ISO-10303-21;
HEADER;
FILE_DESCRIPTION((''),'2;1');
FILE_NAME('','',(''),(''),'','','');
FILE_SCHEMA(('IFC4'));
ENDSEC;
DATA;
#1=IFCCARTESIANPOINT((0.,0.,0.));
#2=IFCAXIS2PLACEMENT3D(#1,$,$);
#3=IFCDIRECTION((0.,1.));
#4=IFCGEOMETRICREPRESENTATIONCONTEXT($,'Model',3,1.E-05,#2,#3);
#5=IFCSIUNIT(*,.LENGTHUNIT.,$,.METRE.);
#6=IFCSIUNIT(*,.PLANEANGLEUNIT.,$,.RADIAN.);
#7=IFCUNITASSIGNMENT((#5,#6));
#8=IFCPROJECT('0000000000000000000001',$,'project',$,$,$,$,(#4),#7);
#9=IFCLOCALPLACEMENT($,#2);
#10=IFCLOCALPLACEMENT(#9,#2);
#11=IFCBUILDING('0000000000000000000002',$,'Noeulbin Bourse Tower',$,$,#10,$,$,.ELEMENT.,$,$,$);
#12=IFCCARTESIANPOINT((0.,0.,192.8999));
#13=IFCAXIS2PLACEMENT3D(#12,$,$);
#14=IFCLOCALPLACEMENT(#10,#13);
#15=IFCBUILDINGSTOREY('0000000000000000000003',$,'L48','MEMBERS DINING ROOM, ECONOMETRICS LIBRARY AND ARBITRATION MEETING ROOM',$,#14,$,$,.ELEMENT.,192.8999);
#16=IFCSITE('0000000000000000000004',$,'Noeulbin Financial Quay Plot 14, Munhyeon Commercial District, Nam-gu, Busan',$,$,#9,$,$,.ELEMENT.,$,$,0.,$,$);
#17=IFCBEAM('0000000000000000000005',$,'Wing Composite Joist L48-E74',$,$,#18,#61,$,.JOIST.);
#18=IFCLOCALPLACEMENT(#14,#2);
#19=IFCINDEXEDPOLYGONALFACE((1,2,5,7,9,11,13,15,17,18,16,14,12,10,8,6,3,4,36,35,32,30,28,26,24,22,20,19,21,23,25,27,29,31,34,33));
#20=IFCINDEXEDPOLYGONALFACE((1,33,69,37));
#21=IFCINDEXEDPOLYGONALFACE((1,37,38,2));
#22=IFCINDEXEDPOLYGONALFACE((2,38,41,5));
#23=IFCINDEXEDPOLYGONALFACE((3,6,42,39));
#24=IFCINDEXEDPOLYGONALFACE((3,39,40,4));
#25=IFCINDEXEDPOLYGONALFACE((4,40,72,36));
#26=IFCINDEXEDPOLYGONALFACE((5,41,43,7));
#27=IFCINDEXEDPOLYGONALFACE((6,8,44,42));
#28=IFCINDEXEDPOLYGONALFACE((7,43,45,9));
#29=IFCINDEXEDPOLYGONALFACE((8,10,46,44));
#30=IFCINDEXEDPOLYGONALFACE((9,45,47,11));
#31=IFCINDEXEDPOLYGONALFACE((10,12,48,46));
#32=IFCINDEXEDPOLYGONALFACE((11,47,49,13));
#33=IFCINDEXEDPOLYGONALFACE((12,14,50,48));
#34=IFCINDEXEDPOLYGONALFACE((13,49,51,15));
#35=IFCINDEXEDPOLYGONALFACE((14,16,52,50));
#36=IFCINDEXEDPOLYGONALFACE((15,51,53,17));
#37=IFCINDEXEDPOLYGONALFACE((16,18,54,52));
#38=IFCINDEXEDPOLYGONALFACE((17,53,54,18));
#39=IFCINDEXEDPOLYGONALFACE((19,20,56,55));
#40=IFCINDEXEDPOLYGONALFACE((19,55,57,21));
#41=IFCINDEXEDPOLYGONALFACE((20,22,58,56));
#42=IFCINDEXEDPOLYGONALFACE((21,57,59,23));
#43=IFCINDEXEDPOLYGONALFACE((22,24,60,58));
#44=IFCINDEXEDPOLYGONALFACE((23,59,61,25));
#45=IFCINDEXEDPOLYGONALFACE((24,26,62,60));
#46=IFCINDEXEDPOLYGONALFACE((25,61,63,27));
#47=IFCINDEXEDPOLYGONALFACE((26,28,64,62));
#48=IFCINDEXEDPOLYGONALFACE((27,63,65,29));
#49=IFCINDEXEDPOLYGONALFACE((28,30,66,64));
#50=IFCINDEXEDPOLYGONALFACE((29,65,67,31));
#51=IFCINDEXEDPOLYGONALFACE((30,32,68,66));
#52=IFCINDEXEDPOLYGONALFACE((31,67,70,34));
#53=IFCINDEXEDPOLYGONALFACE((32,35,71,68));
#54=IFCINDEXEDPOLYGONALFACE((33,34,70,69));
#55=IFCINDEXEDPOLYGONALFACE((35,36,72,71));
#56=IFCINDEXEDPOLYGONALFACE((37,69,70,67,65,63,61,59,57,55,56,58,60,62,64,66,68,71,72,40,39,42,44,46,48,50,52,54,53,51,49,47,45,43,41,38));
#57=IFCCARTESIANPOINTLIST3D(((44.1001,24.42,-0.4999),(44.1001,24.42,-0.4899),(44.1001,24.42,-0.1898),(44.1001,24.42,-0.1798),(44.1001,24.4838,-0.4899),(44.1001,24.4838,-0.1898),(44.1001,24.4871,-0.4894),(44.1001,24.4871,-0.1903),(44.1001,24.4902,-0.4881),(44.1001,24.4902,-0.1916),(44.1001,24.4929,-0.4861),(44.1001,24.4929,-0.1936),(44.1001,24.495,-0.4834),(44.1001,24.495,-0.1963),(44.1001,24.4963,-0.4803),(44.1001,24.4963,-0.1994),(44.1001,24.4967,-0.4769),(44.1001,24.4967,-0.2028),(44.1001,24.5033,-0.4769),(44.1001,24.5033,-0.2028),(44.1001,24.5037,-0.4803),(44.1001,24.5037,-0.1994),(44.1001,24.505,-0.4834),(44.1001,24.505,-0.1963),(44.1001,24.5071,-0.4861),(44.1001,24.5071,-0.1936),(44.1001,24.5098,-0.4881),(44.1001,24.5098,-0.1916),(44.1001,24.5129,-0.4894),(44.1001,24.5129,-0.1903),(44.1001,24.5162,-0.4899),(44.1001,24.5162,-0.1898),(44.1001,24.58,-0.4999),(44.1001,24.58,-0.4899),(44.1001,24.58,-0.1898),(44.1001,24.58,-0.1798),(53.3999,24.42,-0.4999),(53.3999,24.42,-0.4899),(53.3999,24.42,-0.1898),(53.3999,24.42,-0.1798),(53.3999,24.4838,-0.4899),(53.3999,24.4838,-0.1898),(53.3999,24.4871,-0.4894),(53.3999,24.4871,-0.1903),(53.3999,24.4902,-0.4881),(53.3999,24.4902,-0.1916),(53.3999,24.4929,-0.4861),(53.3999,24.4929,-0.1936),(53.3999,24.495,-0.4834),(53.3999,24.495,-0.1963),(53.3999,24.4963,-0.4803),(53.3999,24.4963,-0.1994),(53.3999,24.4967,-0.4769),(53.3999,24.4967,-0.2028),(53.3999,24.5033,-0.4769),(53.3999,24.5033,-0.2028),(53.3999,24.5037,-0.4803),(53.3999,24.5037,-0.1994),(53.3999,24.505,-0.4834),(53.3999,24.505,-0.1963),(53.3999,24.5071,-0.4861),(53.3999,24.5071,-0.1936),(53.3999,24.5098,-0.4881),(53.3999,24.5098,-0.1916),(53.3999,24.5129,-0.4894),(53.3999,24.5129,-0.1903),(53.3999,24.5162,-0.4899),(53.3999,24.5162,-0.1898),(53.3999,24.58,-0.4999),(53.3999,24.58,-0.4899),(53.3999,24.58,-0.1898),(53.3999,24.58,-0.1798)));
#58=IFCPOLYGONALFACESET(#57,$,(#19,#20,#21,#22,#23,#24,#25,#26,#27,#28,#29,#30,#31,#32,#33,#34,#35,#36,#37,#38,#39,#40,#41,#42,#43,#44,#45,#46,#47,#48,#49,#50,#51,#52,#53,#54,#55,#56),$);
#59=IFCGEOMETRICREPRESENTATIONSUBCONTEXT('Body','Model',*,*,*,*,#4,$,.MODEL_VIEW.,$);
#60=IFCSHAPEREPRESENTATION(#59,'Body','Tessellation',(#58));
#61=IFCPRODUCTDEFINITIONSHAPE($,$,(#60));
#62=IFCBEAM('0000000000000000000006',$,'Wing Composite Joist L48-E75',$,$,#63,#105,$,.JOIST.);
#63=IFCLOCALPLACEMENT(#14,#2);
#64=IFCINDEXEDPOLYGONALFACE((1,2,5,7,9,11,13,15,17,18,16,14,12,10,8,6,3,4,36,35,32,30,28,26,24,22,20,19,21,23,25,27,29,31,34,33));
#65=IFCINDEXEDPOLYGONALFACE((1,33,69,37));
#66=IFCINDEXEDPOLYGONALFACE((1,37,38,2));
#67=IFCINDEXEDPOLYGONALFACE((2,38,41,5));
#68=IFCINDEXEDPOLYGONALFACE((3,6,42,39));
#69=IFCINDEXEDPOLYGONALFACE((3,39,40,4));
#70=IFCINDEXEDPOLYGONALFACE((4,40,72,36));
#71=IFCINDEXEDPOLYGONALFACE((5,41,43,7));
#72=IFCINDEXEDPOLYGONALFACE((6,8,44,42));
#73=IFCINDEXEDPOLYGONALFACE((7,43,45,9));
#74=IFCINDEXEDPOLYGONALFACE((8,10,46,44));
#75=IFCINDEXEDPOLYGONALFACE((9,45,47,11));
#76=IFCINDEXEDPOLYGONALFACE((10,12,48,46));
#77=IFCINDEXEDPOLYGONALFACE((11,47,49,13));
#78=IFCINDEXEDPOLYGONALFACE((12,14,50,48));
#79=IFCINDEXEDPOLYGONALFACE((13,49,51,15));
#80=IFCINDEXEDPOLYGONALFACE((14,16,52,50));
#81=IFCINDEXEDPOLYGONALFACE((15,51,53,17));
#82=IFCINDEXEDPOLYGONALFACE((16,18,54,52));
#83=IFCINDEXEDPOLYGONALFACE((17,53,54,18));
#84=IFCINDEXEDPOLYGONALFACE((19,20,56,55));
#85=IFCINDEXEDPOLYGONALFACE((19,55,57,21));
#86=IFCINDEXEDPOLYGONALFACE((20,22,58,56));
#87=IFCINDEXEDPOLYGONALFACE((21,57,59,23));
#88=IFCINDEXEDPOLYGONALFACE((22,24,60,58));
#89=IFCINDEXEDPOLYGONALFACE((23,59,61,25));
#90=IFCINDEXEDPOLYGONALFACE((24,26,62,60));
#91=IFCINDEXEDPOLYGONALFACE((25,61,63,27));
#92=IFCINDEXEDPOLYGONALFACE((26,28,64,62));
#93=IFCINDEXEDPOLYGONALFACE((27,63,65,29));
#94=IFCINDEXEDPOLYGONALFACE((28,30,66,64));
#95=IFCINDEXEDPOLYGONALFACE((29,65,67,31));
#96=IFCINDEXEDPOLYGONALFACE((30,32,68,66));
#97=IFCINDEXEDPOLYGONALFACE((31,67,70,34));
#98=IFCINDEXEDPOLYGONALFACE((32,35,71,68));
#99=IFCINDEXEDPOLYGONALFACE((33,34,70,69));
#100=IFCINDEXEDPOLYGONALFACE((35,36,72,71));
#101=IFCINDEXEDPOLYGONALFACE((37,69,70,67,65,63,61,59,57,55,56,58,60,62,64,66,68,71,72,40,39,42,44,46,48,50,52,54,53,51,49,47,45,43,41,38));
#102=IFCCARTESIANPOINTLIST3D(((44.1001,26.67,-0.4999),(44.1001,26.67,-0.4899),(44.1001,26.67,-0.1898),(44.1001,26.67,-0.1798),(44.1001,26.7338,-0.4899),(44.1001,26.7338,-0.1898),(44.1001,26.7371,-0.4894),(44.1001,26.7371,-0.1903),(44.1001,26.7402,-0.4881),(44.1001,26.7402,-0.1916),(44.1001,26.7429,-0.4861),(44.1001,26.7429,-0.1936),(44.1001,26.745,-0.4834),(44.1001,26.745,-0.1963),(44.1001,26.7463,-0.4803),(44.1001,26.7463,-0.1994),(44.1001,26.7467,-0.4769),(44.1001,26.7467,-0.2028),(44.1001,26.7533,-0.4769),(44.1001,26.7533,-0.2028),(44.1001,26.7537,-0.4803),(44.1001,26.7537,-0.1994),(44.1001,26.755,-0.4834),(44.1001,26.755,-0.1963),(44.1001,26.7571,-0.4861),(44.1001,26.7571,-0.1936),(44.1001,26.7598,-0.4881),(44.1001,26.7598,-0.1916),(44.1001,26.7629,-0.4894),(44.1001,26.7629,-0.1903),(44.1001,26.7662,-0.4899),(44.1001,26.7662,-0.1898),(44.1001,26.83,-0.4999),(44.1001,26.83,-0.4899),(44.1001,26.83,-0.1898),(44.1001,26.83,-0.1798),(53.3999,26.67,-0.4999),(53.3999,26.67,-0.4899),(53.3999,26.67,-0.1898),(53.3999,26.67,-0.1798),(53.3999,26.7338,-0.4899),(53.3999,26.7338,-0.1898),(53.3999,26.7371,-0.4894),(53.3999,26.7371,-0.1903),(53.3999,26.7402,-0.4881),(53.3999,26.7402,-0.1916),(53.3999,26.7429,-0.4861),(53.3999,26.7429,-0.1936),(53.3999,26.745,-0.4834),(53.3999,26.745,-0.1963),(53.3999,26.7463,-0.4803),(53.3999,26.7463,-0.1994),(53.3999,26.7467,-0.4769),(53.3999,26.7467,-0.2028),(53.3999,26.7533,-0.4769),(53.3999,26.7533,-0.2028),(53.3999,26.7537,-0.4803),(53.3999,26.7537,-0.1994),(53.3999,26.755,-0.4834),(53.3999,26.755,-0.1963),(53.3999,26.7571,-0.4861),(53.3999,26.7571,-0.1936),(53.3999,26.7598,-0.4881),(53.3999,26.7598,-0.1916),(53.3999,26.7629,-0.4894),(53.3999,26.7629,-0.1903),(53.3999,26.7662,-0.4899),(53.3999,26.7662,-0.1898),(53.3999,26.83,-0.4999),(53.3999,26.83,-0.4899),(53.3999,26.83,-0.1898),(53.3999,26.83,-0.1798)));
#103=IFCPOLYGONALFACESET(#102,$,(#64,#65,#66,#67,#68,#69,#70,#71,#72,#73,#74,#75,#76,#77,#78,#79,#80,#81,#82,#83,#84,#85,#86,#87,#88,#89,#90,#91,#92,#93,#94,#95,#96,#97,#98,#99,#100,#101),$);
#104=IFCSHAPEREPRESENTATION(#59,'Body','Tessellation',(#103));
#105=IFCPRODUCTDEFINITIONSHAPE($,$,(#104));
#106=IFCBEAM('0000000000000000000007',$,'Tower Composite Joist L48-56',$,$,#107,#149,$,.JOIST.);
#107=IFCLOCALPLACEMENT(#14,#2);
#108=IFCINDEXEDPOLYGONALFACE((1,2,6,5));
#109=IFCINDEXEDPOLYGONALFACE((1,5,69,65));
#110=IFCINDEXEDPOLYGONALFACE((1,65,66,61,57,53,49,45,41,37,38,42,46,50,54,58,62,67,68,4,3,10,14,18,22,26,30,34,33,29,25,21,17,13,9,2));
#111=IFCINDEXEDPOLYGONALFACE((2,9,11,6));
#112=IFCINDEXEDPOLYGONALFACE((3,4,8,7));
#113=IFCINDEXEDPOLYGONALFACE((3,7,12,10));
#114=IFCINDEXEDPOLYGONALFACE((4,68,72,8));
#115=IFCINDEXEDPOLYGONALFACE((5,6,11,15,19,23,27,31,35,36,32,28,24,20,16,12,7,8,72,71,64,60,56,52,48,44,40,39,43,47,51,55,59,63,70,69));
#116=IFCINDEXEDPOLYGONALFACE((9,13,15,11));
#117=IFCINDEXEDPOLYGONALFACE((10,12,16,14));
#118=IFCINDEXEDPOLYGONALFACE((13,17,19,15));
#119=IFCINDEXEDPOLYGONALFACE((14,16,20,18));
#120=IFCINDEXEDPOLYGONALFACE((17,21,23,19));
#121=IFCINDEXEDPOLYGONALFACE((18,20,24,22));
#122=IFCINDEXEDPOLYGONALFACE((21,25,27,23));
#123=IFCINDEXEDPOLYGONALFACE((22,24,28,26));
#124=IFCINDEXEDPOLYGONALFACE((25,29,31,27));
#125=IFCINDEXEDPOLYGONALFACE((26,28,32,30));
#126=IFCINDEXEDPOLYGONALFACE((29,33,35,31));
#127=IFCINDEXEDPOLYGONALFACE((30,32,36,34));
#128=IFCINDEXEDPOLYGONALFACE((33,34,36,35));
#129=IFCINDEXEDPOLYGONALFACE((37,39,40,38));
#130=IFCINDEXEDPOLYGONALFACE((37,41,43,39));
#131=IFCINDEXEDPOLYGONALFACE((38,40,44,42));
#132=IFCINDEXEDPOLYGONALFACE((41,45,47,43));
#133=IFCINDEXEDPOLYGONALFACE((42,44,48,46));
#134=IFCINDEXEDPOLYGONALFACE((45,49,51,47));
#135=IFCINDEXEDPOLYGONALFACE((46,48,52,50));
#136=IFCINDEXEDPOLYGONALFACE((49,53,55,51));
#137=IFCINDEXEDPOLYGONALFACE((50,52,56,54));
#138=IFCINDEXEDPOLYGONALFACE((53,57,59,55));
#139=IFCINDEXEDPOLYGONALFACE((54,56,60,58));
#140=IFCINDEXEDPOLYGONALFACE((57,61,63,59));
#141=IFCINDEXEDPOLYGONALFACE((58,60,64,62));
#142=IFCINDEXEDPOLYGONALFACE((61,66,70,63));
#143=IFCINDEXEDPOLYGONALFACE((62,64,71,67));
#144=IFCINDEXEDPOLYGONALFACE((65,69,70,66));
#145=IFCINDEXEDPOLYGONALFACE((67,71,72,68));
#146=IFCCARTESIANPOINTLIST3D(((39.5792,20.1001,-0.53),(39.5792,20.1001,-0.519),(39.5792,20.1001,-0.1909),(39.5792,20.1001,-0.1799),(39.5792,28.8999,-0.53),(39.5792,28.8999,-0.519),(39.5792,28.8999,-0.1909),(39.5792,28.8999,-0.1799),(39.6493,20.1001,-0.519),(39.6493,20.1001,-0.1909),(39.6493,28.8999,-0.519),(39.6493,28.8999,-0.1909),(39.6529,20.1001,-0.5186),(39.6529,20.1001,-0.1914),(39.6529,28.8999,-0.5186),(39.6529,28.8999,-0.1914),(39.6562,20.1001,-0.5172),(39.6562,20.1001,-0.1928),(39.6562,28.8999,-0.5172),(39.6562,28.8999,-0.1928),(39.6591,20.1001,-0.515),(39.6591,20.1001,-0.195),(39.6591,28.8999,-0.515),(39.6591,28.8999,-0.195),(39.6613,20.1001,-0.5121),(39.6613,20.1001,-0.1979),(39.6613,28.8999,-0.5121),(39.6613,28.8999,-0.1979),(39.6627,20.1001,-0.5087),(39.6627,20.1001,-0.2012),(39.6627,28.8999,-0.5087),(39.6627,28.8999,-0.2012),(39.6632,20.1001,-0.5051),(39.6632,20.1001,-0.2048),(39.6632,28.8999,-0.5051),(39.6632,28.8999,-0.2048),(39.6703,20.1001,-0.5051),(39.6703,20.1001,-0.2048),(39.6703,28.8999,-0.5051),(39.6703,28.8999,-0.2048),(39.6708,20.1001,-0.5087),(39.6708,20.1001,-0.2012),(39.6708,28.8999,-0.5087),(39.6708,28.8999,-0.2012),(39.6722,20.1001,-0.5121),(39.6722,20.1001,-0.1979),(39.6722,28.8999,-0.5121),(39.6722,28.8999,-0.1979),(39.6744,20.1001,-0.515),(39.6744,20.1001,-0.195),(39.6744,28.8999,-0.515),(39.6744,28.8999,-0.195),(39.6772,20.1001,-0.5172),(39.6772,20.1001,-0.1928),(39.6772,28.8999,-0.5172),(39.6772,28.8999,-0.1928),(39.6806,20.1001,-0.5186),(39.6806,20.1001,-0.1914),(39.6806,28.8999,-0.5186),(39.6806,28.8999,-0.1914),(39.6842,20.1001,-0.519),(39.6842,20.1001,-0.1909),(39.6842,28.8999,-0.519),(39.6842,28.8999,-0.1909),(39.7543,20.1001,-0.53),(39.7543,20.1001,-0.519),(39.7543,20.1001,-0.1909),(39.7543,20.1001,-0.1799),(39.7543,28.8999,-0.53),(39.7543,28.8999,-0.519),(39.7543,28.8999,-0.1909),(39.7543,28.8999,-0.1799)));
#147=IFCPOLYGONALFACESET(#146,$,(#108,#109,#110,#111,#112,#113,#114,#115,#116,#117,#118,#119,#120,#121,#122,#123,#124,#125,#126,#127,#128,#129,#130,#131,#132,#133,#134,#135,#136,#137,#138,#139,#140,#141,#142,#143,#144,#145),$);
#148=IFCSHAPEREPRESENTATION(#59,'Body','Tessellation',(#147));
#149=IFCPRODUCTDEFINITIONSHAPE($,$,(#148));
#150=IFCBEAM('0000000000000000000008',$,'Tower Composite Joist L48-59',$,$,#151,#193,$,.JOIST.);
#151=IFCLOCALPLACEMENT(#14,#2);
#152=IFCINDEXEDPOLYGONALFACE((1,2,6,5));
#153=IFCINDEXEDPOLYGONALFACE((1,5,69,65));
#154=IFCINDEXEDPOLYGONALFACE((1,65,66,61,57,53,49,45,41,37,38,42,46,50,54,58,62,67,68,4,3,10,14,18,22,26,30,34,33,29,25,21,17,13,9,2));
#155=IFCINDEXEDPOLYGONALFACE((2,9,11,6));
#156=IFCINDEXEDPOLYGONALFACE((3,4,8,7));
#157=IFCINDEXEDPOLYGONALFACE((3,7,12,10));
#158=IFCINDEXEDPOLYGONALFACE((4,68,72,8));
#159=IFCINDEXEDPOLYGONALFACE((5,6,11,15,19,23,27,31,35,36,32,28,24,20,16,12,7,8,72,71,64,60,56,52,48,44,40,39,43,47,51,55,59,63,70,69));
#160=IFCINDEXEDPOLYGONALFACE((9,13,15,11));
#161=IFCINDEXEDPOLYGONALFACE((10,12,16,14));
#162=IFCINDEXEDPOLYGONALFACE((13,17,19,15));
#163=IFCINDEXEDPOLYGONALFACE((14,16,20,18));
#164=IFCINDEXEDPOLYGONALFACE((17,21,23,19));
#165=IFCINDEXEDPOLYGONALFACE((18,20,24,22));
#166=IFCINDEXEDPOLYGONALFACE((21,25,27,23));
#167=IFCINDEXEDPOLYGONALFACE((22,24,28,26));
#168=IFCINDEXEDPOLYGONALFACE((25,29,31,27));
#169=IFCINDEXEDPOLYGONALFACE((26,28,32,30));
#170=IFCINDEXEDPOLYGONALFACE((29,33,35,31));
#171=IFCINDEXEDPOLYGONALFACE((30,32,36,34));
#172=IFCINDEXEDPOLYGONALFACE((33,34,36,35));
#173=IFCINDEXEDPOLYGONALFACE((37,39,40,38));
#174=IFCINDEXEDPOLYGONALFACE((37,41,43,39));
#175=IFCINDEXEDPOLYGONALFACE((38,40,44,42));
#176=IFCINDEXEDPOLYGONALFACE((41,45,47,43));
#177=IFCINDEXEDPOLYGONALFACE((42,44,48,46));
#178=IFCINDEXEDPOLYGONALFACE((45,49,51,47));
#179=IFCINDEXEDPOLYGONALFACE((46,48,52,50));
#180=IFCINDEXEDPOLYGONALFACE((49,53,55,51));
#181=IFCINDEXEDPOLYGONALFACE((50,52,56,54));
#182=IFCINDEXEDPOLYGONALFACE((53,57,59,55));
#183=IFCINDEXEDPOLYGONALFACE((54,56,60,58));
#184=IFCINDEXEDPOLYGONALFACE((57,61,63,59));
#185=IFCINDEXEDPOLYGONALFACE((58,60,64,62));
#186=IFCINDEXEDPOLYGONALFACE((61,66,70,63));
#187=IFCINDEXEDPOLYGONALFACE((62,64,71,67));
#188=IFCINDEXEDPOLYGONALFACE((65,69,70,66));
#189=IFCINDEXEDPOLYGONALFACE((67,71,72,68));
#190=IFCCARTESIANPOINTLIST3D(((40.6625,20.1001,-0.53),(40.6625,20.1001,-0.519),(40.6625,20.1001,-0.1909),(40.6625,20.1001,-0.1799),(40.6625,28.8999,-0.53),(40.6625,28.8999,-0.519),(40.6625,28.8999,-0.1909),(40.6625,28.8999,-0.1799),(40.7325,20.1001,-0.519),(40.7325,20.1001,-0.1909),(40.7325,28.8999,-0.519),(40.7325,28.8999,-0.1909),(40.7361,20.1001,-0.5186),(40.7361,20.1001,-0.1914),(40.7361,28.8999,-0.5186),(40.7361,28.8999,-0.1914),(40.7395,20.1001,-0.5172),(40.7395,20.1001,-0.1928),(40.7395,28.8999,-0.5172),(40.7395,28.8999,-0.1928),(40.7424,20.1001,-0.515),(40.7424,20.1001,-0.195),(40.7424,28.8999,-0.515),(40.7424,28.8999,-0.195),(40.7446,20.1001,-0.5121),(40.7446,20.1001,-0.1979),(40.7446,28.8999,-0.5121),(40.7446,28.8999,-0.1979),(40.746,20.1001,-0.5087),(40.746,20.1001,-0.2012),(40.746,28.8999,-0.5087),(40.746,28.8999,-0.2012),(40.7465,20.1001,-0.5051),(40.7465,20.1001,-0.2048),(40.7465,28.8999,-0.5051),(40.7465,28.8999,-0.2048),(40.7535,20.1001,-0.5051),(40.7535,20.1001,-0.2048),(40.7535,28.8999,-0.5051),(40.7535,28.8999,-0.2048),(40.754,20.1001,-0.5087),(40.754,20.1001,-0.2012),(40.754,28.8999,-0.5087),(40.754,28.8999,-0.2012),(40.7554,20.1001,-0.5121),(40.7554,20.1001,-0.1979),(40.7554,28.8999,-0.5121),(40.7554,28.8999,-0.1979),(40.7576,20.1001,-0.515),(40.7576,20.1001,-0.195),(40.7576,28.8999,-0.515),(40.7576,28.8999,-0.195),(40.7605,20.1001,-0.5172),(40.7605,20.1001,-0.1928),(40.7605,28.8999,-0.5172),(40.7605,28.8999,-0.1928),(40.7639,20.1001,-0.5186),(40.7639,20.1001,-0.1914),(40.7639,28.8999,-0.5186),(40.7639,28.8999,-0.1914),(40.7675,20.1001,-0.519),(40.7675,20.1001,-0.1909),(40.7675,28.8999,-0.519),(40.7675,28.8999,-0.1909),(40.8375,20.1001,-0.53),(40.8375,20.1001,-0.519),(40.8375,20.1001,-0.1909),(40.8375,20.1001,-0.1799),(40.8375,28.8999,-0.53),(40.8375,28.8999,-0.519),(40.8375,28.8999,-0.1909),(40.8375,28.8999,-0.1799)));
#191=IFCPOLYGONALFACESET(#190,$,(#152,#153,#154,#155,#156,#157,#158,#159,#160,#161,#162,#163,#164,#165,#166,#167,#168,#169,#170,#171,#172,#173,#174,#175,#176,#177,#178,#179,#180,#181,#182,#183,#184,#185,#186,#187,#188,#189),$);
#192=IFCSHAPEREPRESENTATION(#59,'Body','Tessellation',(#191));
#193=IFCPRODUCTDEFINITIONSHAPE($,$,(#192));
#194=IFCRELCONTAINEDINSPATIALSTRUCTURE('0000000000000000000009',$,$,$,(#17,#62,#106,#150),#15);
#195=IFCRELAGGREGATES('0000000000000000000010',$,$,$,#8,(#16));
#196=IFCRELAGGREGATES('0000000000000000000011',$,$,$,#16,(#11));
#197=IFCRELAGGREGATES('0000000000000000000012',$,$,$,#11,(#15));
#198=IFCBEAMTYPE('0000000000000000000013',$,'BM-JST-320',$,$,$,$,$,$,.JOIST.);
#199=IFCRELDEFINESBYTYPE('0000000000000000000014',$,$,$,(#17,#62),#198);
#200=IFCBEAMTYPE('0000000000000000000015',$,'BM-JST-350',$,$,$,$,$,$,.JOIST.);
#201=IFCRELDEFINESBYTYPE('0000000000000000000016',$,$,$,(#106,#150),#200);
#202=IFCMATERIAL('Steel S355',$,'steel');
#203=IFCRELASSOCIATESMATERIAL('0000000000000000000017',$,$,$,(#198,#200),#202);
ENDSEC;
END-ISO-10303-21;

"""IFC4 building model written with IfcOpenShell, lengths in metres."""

from ifc_helpers import new_model, si_unit, direction, frame, origin, origin_2d, place, context, subcontext, project, spatial, i_section, extrude, material, material_profile, profile_set, type_object, element, save


model = new_model("IFC4")

# Units and contexts
model_context = context("Model", 3, precision=1e-05, world=origin(), true_north=direction((0.0, 1.0)))
body_context = subcontext(model_context, "Body", "Model", "MODEL_VIEW")
ifc_project = project(units=[si_unit("LENGTHUNIT", "METRE"), si_unit("PLANEANGLEUNIT", "RADIAN")], contexts=[model_context])

# Site, building, storey
site_placement = place(None, origin())
site = spatial("IfcSite", under=ifc_project, at=site_placement, Name="Noeulbin Financial Quay Plot 14, Munhyeon Commercial District, Nam-gu, Busan", CompositionType="ELEMENT", RefElevation=0.0)
building_placement = place(site_placement, origin())
building = spatial("IfcBuilding", under=site, at=building_placement, Name="Noeulbin Bourse Tower", CompositionType="ELEMENT")
storey_placement = place(building_placement, frame((0.0, 0.0, 192.8999)))
storey = spatial("IfcBuildingStorey", under=building, at=storey_placement, Name="L48", Description="MEMBERS DINING ROOM, ECONOMETRICS LIBRARY AND ARBITRATION MEETING ROOM", CompositionType="ELEMENT", Elevation=192.8999)

# Shared definitions
ifc_material_1 = material(Name="Steel S355", Category="steel")

# Beams
ifc_material_profile_1 = material_profile(ifc_material_1, i_section(OverallWidth=0.1599, OverallDepth=0.3201, WebThickness=0.0066, FlangeThickness=0.01, FilletRadius=0.0129, at=origin_2d()), Name="H-320x160x6.5x10", Category="LoadBearing")
ifc_profile_set_1 = profile_set([ifc_material_profile_1], Name="Steel S355")
beam_type_1 = type_object("IfcBeamType", Name="BM-JST-320", PredefinedType="JOIST", material=ifc_profile_set_1)
for number, where, z_axis, x_axis, name in (
    (1, (44.1001, 24.5, -0.3398), (1.0, 0.0, 0.0), (0.0, 1.0, 0.0), "Wing Composite Joist L48-E74"),
    (2, (44.1001, 26.75, -0.3398), (1.0, 0.0, 0.0), (0.0, 1.0, 0.0), "Wing Composite Joist L48-E75"),
):
    element("IfcBeam", number, at=place(storey_placement, frame(where, z_axis=z_axis, x_axis=x_axis)), inside=storey, type_object=beam_type_1, Name=name, PredefinedType="JOIST", context=body_context, shape_type="SweptSolid", body=[
        extrude(i_section(OverallWidth=0.1599, OverallDepth=0.3201, WebThickness=0.0066, FlangeThickness=0.01, FilletRadius=0.0129, at=origin_2d()), origin(), (0.0, 0.0, 1.0), 9.2998),
    ])
ifc_material_profile_2 = material_profile(ifc_material_1, i_section(OverallWidth=0.175, OverallDepth=0.3501, WebThickness=0.0071, FlangeThickness=0.011, FilletRadius=0.0139, at=origin_2d()), Name="H-350x175x7x11", Category="LoadBearing")
ifc_profile_set_2 = profile_set([ifc_material_profile_2], Name="Steel S355")
beam_type_2 = type_object("IfcBeamType", Name="BM-JST-350", PredefinedType="JOIST", material=ifc_profile_set_2)
for number, where, z_axis, x_axis, name in (
    (3, (39.6667, 20.1001, -0.355), (0.0, 1.0, 0.0), (-1.0, 0.0, 0.0), "Tower Composite Joist L48-56"),
    (4, (40.75, 20.1001, -0.355), (0.0, 1.0, 0.0), (-1.0, 0.0, 0.0), "Tower Composite Joist L48-59"),
):
    element("IfcBeam", number, at=place(storey_placement, frame(where, z_axis=z_axis, x_axis=x_axis)), inside=storey, type_object=beam_type_2, Name=name, PredefinedType="JOIST", context=body_context, shape_type="SweptSolid", body=[
        extrude(i_section(OverallWidth=0.175, OverallDepth=0.3501, WebThickness=0.0071, FlangeThickness=0.011, FilletRadius=0.0139, at=origin_2d()), origin(), (0.0, 0.0, 1.0), 8.7998),
    ])

save(model, "model.ifc")
